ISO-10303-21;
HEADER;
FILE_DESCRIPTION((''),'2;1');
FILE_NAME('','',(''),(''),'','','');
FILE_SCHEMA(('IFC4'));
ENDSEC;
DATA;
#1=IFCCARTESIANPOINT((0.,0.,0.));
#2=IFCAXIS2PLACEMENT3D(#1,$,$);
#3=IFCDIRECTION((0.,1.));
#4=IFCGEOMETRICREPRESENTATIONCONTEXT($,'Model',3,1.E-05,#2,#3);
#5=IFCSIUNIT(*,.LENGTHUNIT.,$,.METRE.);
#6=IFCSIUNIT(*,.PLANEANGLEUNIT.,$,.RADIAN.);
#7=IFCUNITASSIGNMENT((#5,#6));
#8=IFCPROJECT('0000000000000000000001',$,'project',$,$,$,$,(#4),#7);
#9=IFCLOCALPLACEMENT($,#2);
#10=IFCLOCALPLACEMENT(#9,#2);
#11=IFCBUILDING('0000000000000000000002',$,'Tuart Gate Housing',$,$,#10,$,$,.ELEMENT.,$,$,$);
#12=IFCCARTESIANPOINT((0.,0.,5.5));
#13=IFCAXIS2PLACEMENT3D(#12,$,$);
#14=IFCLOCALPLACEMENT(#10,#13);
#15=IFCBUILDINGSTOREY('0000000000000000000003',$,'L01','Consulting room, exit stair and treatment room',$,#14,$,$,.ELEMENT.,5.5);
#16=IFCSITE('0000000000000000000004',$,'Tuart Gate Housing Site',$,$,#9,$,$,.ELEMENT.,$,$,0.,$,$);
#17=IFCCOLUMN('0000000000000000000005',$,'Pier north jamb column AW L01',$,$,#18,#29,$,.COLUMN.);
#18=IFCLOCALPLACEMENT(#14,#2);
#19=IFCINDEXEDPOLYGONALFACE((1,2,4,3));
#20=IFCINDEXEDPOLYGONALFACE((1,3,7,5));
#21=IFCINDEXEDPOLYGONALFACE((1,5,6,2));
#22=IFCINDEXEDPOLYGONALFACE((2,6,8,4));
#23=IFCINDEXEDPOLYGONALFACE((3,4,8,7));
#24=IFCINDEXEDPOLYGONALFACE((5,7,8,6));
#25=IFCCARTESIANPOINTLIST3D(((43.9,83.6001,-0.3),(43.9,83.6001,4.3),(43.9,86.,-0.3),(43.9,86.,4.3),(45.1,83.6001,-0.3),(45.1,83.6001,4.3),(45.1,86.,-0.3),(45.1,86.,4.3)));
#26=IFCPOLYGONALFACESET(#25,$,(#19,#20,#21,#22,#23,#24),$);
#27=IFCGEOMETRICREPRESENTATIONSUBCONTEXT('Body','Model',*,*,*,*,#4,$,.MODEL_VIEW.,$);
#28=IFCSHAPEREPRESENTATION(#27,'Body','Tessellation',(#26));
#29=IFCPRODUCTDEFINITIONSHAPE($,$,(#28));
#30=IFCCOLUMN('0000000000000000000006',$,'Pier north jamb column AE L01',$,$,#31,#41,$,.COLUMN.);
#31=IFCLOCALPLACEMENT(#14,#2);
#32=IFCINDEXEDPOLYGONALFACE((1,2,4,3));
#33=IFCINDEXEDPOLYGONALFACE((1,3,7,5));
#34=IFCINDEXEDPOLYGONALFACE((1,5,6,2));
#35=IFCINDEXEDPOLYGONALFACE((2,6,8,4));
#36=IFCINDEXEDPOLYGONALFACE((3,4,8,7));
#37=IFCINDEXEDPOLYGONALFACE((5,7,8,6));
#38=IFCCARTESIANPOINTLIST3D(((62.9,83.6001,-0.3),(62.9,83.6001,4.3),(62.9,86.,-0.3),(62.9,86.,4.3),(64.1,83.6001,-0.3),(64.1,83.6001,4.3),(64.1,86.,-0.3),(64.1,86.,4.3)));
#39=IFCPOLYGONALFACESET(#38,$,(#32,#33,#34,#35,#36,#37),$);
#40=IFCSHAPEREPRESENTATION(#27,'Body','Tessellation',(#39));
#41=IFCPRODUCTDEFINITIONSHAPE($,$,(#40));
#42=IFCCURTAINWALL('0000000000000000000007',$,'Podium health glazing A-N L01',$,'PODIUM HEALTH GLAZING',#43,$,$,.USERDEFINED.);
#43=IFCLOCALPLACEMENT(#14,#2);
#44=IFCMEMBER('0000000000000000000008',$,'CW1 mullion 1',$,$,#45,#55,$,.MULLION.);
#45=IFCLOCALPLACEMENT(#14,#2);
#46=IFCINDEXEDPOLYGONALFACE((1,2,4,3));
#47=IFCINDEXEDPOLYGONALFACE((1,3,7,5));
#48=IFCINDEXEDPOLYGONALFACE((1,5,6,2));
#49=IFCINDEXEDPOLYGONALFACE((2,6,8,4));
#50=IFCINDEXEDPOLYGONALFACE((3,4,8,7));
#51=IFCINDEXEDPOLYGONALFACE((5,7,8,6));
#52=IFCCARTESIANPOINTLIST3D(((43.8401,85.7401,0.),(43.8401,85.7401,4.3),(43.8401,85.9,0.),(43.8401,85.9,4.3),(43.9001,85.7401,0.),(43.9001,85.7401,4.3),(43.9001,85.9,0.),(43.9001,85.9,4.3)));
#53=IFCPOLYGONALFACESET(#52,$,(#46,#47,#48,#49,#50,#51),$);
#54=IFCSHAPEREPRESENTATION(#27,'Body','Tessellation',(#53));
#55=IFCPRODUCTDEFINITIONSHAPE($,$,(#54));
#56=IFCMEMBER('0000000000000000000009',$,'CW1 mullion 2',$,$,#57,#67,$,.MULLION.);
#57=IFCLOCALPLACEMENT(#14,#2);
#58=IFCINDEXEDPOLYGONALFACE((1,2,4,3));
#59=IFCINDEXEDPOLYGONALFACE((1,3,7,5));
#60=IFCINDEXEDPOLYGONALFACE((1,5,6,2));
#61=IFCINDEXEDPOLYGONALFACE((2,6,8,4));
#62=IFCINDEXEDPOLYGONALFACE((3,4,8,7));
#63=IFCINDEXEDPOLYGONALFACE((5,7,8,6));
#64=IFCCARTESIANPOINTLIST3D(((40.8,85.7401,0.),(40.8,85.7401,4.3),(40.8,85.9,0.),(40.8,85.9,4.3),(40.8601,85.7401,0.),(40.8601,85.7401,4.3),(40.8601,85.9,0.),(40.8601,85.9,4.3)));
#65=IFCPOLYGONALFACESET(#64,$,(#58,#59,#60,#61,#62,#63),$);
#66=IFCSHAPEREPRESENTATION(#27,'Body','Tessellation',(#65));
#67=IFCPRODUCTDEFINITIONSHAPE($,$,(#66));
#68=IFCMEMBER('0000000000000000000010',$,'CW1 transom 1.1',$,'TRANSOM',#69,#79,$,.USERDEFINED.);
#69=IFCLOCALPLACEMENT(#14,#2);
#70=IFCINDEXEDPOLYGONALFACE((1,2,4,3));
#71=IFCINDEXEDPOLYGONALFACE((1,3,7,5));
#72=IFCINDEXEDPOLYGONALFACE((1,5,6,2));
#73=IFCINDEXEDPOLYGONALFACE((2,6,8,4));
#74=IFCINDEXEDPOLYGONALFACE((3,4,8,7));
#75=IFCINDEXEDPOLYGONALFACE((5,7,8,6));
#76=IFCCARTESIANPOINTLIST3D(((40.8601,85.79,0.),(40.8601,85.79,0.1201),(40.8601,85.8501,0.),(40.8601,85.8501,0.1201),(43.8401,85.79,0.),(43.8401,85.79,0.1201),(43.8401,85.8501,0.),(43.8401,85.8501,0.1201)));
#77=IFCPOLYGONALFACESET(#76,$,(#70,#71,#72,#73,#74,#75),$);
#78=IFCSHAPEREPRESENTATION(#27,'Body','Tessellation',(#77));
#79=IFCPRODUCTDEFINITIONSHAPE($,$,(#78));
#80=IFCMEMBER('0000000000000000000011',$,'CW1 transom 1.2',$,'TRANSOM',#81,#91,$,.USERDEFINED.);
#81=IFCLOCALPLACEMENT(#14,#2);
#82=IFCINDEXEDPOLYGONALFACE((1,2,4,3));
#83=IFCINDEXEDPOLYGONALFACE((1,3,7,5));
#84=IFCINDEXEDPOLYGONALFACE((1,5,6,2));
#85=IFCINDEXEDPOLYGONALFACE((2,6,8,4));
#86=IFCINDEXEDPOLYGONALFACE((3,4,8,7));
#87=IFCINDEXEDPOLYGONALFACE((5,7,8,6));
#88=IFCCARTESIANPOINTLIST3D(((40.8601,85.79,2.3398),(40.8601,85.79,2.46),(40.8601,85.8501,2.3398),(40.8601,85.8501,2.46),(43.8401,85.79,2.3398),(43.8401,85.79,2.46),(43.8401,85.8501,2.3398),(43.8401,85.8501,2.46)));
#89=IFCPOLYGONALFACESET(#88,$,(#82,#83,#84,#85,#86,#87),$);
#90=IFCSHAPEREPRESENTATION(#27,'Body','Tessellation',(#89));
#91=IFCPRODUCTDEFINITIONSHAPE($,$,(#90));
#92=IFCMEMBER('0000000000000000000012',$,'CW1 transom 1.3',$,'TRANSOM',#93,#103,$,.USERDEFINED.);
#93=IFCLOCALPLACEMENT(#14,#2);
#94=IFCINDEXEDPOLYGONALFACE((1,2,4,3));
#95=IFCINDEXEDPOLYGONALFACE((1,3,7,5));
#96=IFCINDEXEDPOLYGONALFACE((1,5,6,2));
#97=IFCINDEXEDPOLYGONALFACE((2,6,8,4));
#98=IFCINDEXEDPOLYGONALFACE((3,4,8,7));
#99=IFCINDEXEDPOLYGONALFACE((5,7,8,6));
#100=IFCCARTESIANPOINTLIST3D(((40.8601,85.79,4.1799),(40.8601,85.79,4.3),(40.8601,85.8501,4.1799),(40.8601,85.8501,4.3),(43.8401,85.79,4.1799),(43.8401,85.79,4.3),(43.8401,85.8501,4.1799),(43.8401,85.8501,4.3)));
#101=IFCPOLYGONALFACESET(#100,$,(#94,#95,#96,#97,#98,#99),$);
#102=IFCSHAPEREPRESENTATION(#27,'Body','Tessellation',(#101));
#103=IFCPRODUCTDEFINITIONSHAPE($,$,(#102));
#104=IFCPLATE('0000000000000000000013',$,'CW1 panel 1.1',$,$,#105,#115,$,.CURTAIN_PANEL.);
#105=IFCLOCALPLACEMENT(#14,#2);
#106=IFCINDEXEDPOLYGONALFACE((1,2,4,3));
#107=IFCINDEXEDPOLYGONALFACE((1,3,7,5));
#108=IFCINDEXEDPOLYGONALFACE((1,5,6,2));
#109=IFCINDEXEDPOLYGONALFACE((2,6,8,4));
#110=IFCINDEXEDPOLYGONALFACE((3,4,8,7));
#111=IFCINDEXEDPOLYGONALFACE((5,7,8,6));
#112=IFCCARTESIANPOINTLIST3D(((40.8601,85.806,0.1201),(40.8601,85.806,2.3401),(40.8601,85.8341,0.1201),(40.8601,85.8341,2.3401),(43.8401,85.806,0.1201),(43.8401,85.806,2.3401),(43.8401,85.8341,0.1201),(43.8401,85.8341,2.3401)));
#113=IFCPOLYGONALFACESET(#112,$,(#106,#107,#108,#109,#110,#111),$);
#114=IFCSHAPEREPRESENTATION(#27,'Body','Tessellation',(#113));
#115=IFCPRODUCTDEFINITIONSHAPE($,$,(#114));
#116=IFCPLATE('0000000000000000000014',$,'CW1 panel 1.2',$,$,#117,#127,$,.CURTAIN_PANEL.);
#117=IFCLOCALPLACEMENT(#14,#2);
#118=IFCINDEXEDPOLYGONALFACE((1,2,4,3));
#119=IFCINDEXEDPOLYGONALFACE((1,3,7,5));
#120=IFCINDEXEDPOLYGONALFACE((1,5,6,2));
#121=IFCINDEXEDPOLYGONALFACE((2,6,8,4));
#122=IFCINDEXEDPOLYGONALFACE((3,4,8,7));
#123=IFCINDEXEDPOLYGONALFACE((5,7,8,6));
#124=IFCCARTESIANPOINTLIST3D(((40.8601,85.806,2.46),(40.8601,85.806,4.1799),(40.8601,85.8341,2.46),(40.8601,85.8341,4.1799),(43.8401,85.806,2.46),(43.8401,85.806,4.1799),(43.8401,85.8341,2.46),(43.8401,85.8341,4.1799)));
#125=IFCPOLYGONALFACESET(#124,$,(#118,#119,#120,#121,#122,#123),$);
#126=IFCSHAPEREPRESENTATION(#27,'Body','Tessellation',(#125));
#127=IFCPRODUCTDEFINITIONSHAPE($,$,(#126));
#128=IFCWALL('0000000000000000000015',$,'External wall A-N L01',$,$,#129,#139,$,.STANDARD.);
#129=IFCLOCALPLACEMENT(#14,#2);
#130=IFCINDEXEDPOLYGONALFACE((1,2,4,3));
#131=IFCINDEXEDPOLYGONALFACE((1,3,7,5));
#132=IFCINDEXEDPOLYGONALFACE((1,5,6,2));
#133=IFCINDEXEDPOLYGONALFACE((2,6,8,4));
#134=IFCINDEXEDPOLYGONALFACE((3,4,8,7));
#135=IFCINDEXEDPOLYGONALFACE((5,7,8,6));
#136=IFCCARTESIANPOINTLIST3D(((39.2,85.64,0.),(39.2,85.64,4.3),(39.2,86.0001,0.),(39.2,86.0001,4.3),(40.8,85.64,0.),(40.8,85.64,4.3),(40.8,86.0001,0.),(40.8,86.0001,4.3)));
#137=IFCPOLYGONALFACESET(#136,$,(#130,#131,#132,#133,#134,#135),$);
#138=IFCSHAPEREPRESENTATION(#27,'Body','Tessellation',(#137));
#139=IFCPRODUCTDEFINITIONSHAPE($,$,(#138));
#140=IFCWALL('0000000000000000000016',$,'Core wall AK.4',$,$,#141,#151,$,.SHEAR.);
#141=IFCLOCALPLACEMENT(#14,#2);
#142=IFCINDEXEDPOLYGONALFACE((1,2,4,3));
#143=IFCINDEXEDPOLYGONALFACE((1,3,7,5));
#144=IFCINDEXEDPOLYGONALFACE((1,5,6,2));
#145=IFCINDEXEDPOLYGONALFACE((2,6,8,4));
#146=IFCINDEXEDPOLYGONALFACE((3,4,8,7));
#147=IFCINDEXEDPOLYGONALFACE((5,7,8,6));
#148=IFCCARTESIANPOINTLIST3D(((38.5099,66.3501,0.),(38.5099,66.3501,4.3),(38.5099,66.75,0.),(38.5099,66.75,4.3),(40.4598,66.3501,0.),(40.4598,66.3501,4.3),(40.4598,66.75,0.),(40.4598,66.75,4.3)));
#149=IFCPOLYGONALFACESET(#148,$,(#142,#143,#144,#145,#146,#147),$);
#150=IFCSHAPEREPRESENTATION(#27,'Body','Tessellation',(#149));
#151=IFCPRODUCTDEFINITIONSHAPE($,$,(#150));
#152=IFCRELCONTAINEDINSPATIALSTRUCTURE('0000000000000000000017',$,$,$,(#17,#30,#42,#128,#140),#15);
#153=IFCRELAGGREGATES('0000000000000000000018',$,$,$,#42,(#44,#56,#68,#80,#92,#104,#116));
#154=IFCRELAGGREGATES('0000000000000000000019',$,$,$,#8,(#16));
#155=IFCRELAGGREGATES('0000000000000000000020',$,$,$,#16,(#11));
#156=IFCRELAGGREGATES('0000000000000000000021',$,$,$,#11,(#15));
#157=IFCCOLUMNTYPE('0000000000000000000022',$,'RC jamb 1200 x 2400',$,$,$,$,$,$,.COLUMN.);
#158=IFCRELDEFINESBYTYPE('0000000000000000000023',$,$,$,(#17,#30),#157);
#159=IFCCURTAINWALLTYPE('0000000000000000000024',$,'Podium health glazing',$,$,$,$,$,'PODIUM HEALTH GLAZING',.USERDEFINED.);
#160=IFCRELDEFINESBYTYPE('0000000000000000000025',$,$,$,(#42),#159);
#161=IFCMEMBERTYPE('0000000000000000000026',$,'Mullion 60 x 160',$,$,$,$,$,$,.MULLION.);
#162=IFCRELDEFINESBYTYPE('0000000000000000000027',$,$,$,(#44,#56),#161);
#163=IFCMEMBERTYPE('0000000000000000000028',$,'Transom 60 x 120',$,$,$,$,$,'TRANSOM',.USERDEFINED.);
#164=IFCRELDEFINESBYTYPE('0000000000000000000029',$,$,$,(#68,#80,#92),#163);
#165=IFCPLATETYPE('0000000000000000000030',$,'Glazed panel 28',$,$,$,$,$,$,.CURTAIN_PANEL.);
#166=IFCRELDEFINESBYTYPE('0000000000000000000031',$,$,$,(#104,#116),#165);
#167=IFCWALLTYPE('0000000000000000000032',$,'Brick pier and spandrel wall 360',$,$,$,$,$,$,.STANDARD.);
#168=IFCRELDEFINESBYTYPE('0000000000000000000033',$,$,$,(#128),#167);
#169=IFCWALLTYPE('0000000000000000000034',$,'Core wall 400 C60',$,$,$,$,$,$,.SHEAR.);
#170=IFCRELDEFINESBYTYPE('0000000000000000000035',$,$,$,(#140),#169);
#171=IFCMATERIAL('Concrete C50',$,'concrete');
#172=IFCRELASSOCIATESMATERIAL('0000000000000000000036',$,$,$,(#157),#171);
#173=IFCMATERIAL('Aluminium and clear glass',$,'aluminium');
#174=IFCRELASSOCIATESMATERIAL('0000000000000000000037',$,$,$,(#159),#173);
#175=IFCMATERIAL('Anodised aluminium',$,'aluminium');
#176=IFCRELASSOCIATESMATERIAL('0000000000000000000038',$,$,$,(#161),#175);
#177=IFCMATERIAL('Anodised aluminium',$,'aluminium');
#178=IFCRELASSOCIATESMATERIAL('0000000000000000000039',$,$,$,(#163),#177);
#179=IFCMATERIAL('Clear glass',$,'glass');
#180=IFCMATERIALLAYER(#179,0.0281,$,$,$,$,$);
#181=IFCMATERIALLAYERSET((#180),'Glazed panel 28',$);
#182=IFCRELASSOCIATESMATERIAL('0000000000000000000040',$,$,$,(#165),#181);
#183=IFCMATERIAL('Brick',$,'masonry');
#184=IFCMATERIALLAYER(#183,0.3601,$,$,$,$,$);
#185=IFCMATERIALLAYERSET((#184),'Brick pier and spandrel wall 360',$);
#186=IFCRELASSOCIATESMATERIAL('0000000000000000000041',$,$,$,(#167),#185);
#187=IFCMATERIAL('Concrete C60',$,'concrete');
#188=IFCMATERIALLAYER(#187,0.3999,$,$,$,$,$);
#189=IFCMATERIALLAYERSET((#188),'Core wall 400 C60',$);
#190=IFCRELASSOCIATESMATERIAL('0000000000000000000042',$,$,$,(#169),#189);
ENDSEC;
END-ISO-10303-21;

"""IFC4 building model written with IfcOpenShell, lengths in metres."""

from ifc_helpers import new_model, si_unit, direction, frame, frame_2d, origin, origin_2d, place, context, subcontext, project, spatial, rectangle, extrude, material, layer, layer_set, material_profile, profile_set, type_object, element, aggregate, save


model = new_model("IFC4")

# Units and contexts
model_context = context("Model", 3, precision=1e-05, world=origin(), true_north=direction((0.0, 1.0)))
body_context = subcontext(model_context, "Body", "Model", "MODEL_VIEW")
ifc_project = project(units=[si_unit("LENGTHUNIT", "METRE"), si_unit("PLANEANGLEUNIT", "RADIAN")], contexts=[model_context])

# Site, building, storey
site_placement = place(None, origin())
site = spatial("IfcSite", under=ifc_project, at=site_placement, Name="Tuart Gate Housing Site", CompositionType="ELEMENT", RefElevation=0.0)
building_placement = place(site_placement, origin())
building = spatial("IfcBuilding", under=site, at=building_placement, Name="Tuart Gate Housing", CompositionType="ELEMENT")
storey_placement = place(building_placement, frame((0.0, 0.0, 5.5)))
storey = spatial("IfcBuildingStorey", under=building, at=storey_placement, Name="L01", Description="Consulting room, exit stair and treatment room", CompositionType="ELEMENT", Elevation=5.5)

# Columns
ifc_material_1 = material(Name="Concrete C50", Category="concrete")
ifc_material_profile_1 = material_profile(ifc_material_1, rectangle(XDim=1.2, YDim=2.3999, at=origin_2d()), Name="RC jamb 1200 x 2400")
ifc_profile_set_1 = profile_set([ifc_material_profile_1], Name="Concrete C50")
column_type = type_object("IfcColumnType", Name="RC jamb 1200 x 2400", PredefinedType="COLUMN", material=ifc_profile_set_1)
for number, where, z_axis, x_axis, name in (
    (1, (44.5, 84.8, -0.3), (0.0, 0.0, 1.0), (1.0, 0.0, 0.0), "Pier north jamb column AW L01"),
    (2, (63.5, 84.8, -0.3), (0.0, 0.0, 1.0), (1.0, 0.0, 0.0), "Pier north jamb column AE L01"),
):
    element("IfcColumn", number, at=place(storey_placement, frame(where, z_axis=z_axis, x_axis=x_axis)), inside=storey, type_object=column_type, Name=name, PredefinedType="COLUMN", context=body_context, shape_type="SweptSolid", body=[
        extrude(rectangle(XDim=1.2, YDim=2.3999, at=origin_2d()), origin(), (0.0, 0.0, 1.0), 4.6001),
    ])

# Curtain wall, members, plates
ifc_material_2 = material(Name="Aluminium and clear glass", Category="aluminium")
curtain_wall_type = type_object("IfcCurtainWallType", Name="Podium health glazing", ElementType="PODIUM HEALTH GLAZING", PredefinedType="USERDEFINED", material=ifc_material_2)
curtain_wall_placement = place(storey_placement, origin())
curtain_wall = element("IfcCurtainWall", 3, at=curtain_wall_placement, inside=storey, type_object=curtain_wall_type, Name="Podium health glazing A-N L01", ObjectType="PODIUM HEALTH GLAZING", PredefinedType="USERDEFINED")
ifc_material_3 = material(Name="Anodised aluminium", Category="aluminium")
ifc_material_profile_2 = material_profile(ifc_material_3, rectangle(XDim=0.0601, YDim=0.1599, at=origin_2d()), Name="60x160")
ifc_profile_set_2 = profile_set([ifc_material_profile_2], Name="Anodised aluminium")
member_type_1 = type_object("IfcMemberType", Name="Mullion 60 x 160", PredefinedType="MULLION", material=ifc_profile_set_2)
member_1_placement = place(storey_placement, frame((43.8701, 85.8201, 0.0), z_axis=(0.0, 0.0, 1.0), x_axis=(-1.0, 0.0, 0.0)))
member_1 = element("IfcMember", 4, at=member_1_placement, type_object=member_type_1, Name="CW1 mullion 1", PredefinedType="MULLION", context=body_context, shape_type="SweptSolid", body=[
    extrude(rectangle(XDim=0.0601, YDim=0.1599, at=origin_2d()), origin(), (0.0, 0.0, 1.0), 4.3),
])
member_2_placement = place(storey_placement, frame((40.8301, 85.8201, 0.0), z_axis=(0.0, 0.0, 1.0), x_axis=(-1.0, 0.0, 0.0)))
member_2 = element("IfcMember", 5, at=member_2_placement, type_object=member_type_1, Name="CW1 mullion 2", PredefinedType="MULLION", context=body_context, shape_type="SweptSolid", body=[
    extrude(rectangle(XDim=0.0601, YDim=0.1599, at=origin_2d()), origin(), (0.0, 0.0, 1.0), 4.3),
])
ifc_material_4 = material(Name="Anodised aluminium", Category="aluminium")
ifc_material_profile_3 = material_profile(ifc_material_4, rectangle(XDim=0.0601, YDim=0.1201, at=origin_2d()), Name="60x120")
ifc_profile_set_3 = profile_set([ifc_material_profile_3], Name="Anodised aluminium")
member_type_2 = type_object("IfcMemberType", Name="Transom 60 x 120", ElementType="TRANSOM", PredefinedType="USERDEFINED", material=ifc_profile_set_3)
member_3_placement = place(storey_placement, frame((43.8401, 85.8201, 0.0601), z_axis=(-1.0, 0.0, 0.0), x_axis=(0.0, -1.0, 0.0)))
member_3 = element("IfcMember", 6, at=member_3_placement, type_object=member_type_2, Name="CW1 transom 1.1", ObjectType="TRANSOM", PredefinedType="USERDEFINED", context=body_context, shape_type="SweptSolid", body=[
    extrude(rectangle(XDim=0.0601, YDim=0.1201, at=origin_2d()), origin(), (0.0, 0.0, 1.0), 2.98),
])
member_4_placement = place(storey_placement, frame((43.8401, 85.8201, 2.3999), z_axis=(-1.0, 0.0, 0.0), x_axis=(0.0, -1.0, 0.0)))
member_4 = element("IfcMember", 7, at=member_4_placement, type_object=member_type_2, Name="CW1 transom 1.2", ObjectType="TRANSOM", PredefinedType="USERDEFINED", context=body_context, shape_type="SweptSolid", body=[
    extrude(rectangle(XDim=0.0601, YDim=0.1201, at=origin_2d()), origin(), (0.0, 0.0, 1.0), 2.98),
])
member_5_placement = place(storey_placement, frame((43.8401, 85.8201, 4.24), z_axis=(-1.0, 0.0, 0.0), x_axis=(0.0, -1.0, 0.0)))
member_5 = element("IfcMember", 8, at=member_5_placement, type_object=member_type_2, Name="CW1 transom 1.3", ObjectType="TRANSOM", PredefinedType="USERDEFINED", context=body_context, shape_type="SweptSolid", body=[
    extrude(rectangle(XDim=0.0601, YDim=0.1201, at=origin_2d()), origin(), (0.0, 0.0, 1.0), 2.98),
])
ifc_material_5 = material(Name="Clear glass", Category="glass")
ifc_layer_1 = layer(ifc_material_5, 0.0281)
ifc_layer_set_1 = layer_set([ifc_layer_1], Name="Glazed panel 28")
plate_type = type_object("IfcPlateType", Name="Glazed panel 28", PredefinedType="CURTAIN_PANEL", material=ifc_layer_set_1)
plate_1_placement = place(storey_placement, frame((42.3501, 85.8201, 0.1201), z_axis=(0.0, 0.0, 1.0), x_axis=(-1.0, 0.0, 0.0)))
plate_1 = element("IfcPlate", 9, at=plate_1_placement, type_object=plate_type, Name="CW1 panel 1.1", PredefinedType="CURTAIN_PANEL", context=body_context, shape_type="SweptSolid", body=[
    extrude(rectangle(XDim=2.98, YDim=0.0281, at=origin_2d()), origin(), (0.0, 0.0, 1.0), 2.22),
])
plate_2_placement = place(storey_placement, frame((42.3501, 85.8201, 2.46), z_axis=(0.0, 0.0, 1.0), x_axis=(-1.0, 0.0, 0.0)))
plate_2 = element("IfcPlate", 10, at=plate_2_placement, type_object=plate_type, Name="CW1 panel 1.2", PredefinedType="CURTAIN_PANEL", context=body_context, shape_type="SweptSolid", body=[
    extrude(rectangle(XDim=2.98, YDim=0.0281, at=origin_2d()), origin(), (0.0, 0.0, 1.0), 1.72),
])
aggregate(curtain_wall, [member_1, member_2, member_3, member_4, member_5, plate_1, plate_2])

# Walls
ifc_material_6 = material(Name="Brick", Category="masonry")
ifc_layer_2 = layer(ifc_material_6, 0.3601)
ifc_layer_set_2 = layer_set([ifc_layer_2], Name="Brick pier and spandrel wall 360")
wall_type_1 = type_object("IfcWallType", Name="Brick pier and spandrel wall 360", PredefinedType="STANDARD", material=ifc_layer_set_2)
wall_1_placement = place(storey_placement, frame((40.8, 85.8201, 0.0), z_axis=(0.0, 0.0, 1.0), x_axis=(-1.0, 0.0, 0.0)))
element("IfcWall", 11, at=wall_1_placement, inside=storey, type_object=wall_type_1, Name="External wall A-N L01", PredefinedType="STANDARD", context=body_context, shape_type="SweptSolid", body=[
    extrude(rectangle(XDim=1.6001, YDim=0.3601, at=frame_2d((0.8, 0.0))), origin(), (0.0, 0.0, 1.0), 4.3),
])
ifc_material_7 = material(Name="Concrete C60", Category="concrete")
ifc_layer_3 = layer(ifc_material_7, 0.3999)
ifc_layer_set_3 = layer_set([ifc_layer_3], Name="Core wall 400 C60")
wall_type_2 = type_object("IfcWallType", Name="Core wall 400 C60", PredefinedType="SHEAR", material=ifc_layer_set_3)
wall_2_placement = place(storey_placement, frame((40.46, 66.55, 0.0), z_axis=(0.0, 0.0, 1.0), x_axis=(-1.0, 0.0, 0.0)))
element("IfcWall", 12, at=wall_2_placement, inside=storey, type_object=wall_type_2, Name="Core wall AK.4", PredefinedType="SHEAR", context=body_context, shape_type="SweptSolid", body=[
    extrude(rectangle(XDim=1.95, YDim=0.3999, at=frame_2d((0.9751, 0.0))), origin(), (0.0, 0.0, 1.0), 4.3),
])

save(model, "model.ifc")
